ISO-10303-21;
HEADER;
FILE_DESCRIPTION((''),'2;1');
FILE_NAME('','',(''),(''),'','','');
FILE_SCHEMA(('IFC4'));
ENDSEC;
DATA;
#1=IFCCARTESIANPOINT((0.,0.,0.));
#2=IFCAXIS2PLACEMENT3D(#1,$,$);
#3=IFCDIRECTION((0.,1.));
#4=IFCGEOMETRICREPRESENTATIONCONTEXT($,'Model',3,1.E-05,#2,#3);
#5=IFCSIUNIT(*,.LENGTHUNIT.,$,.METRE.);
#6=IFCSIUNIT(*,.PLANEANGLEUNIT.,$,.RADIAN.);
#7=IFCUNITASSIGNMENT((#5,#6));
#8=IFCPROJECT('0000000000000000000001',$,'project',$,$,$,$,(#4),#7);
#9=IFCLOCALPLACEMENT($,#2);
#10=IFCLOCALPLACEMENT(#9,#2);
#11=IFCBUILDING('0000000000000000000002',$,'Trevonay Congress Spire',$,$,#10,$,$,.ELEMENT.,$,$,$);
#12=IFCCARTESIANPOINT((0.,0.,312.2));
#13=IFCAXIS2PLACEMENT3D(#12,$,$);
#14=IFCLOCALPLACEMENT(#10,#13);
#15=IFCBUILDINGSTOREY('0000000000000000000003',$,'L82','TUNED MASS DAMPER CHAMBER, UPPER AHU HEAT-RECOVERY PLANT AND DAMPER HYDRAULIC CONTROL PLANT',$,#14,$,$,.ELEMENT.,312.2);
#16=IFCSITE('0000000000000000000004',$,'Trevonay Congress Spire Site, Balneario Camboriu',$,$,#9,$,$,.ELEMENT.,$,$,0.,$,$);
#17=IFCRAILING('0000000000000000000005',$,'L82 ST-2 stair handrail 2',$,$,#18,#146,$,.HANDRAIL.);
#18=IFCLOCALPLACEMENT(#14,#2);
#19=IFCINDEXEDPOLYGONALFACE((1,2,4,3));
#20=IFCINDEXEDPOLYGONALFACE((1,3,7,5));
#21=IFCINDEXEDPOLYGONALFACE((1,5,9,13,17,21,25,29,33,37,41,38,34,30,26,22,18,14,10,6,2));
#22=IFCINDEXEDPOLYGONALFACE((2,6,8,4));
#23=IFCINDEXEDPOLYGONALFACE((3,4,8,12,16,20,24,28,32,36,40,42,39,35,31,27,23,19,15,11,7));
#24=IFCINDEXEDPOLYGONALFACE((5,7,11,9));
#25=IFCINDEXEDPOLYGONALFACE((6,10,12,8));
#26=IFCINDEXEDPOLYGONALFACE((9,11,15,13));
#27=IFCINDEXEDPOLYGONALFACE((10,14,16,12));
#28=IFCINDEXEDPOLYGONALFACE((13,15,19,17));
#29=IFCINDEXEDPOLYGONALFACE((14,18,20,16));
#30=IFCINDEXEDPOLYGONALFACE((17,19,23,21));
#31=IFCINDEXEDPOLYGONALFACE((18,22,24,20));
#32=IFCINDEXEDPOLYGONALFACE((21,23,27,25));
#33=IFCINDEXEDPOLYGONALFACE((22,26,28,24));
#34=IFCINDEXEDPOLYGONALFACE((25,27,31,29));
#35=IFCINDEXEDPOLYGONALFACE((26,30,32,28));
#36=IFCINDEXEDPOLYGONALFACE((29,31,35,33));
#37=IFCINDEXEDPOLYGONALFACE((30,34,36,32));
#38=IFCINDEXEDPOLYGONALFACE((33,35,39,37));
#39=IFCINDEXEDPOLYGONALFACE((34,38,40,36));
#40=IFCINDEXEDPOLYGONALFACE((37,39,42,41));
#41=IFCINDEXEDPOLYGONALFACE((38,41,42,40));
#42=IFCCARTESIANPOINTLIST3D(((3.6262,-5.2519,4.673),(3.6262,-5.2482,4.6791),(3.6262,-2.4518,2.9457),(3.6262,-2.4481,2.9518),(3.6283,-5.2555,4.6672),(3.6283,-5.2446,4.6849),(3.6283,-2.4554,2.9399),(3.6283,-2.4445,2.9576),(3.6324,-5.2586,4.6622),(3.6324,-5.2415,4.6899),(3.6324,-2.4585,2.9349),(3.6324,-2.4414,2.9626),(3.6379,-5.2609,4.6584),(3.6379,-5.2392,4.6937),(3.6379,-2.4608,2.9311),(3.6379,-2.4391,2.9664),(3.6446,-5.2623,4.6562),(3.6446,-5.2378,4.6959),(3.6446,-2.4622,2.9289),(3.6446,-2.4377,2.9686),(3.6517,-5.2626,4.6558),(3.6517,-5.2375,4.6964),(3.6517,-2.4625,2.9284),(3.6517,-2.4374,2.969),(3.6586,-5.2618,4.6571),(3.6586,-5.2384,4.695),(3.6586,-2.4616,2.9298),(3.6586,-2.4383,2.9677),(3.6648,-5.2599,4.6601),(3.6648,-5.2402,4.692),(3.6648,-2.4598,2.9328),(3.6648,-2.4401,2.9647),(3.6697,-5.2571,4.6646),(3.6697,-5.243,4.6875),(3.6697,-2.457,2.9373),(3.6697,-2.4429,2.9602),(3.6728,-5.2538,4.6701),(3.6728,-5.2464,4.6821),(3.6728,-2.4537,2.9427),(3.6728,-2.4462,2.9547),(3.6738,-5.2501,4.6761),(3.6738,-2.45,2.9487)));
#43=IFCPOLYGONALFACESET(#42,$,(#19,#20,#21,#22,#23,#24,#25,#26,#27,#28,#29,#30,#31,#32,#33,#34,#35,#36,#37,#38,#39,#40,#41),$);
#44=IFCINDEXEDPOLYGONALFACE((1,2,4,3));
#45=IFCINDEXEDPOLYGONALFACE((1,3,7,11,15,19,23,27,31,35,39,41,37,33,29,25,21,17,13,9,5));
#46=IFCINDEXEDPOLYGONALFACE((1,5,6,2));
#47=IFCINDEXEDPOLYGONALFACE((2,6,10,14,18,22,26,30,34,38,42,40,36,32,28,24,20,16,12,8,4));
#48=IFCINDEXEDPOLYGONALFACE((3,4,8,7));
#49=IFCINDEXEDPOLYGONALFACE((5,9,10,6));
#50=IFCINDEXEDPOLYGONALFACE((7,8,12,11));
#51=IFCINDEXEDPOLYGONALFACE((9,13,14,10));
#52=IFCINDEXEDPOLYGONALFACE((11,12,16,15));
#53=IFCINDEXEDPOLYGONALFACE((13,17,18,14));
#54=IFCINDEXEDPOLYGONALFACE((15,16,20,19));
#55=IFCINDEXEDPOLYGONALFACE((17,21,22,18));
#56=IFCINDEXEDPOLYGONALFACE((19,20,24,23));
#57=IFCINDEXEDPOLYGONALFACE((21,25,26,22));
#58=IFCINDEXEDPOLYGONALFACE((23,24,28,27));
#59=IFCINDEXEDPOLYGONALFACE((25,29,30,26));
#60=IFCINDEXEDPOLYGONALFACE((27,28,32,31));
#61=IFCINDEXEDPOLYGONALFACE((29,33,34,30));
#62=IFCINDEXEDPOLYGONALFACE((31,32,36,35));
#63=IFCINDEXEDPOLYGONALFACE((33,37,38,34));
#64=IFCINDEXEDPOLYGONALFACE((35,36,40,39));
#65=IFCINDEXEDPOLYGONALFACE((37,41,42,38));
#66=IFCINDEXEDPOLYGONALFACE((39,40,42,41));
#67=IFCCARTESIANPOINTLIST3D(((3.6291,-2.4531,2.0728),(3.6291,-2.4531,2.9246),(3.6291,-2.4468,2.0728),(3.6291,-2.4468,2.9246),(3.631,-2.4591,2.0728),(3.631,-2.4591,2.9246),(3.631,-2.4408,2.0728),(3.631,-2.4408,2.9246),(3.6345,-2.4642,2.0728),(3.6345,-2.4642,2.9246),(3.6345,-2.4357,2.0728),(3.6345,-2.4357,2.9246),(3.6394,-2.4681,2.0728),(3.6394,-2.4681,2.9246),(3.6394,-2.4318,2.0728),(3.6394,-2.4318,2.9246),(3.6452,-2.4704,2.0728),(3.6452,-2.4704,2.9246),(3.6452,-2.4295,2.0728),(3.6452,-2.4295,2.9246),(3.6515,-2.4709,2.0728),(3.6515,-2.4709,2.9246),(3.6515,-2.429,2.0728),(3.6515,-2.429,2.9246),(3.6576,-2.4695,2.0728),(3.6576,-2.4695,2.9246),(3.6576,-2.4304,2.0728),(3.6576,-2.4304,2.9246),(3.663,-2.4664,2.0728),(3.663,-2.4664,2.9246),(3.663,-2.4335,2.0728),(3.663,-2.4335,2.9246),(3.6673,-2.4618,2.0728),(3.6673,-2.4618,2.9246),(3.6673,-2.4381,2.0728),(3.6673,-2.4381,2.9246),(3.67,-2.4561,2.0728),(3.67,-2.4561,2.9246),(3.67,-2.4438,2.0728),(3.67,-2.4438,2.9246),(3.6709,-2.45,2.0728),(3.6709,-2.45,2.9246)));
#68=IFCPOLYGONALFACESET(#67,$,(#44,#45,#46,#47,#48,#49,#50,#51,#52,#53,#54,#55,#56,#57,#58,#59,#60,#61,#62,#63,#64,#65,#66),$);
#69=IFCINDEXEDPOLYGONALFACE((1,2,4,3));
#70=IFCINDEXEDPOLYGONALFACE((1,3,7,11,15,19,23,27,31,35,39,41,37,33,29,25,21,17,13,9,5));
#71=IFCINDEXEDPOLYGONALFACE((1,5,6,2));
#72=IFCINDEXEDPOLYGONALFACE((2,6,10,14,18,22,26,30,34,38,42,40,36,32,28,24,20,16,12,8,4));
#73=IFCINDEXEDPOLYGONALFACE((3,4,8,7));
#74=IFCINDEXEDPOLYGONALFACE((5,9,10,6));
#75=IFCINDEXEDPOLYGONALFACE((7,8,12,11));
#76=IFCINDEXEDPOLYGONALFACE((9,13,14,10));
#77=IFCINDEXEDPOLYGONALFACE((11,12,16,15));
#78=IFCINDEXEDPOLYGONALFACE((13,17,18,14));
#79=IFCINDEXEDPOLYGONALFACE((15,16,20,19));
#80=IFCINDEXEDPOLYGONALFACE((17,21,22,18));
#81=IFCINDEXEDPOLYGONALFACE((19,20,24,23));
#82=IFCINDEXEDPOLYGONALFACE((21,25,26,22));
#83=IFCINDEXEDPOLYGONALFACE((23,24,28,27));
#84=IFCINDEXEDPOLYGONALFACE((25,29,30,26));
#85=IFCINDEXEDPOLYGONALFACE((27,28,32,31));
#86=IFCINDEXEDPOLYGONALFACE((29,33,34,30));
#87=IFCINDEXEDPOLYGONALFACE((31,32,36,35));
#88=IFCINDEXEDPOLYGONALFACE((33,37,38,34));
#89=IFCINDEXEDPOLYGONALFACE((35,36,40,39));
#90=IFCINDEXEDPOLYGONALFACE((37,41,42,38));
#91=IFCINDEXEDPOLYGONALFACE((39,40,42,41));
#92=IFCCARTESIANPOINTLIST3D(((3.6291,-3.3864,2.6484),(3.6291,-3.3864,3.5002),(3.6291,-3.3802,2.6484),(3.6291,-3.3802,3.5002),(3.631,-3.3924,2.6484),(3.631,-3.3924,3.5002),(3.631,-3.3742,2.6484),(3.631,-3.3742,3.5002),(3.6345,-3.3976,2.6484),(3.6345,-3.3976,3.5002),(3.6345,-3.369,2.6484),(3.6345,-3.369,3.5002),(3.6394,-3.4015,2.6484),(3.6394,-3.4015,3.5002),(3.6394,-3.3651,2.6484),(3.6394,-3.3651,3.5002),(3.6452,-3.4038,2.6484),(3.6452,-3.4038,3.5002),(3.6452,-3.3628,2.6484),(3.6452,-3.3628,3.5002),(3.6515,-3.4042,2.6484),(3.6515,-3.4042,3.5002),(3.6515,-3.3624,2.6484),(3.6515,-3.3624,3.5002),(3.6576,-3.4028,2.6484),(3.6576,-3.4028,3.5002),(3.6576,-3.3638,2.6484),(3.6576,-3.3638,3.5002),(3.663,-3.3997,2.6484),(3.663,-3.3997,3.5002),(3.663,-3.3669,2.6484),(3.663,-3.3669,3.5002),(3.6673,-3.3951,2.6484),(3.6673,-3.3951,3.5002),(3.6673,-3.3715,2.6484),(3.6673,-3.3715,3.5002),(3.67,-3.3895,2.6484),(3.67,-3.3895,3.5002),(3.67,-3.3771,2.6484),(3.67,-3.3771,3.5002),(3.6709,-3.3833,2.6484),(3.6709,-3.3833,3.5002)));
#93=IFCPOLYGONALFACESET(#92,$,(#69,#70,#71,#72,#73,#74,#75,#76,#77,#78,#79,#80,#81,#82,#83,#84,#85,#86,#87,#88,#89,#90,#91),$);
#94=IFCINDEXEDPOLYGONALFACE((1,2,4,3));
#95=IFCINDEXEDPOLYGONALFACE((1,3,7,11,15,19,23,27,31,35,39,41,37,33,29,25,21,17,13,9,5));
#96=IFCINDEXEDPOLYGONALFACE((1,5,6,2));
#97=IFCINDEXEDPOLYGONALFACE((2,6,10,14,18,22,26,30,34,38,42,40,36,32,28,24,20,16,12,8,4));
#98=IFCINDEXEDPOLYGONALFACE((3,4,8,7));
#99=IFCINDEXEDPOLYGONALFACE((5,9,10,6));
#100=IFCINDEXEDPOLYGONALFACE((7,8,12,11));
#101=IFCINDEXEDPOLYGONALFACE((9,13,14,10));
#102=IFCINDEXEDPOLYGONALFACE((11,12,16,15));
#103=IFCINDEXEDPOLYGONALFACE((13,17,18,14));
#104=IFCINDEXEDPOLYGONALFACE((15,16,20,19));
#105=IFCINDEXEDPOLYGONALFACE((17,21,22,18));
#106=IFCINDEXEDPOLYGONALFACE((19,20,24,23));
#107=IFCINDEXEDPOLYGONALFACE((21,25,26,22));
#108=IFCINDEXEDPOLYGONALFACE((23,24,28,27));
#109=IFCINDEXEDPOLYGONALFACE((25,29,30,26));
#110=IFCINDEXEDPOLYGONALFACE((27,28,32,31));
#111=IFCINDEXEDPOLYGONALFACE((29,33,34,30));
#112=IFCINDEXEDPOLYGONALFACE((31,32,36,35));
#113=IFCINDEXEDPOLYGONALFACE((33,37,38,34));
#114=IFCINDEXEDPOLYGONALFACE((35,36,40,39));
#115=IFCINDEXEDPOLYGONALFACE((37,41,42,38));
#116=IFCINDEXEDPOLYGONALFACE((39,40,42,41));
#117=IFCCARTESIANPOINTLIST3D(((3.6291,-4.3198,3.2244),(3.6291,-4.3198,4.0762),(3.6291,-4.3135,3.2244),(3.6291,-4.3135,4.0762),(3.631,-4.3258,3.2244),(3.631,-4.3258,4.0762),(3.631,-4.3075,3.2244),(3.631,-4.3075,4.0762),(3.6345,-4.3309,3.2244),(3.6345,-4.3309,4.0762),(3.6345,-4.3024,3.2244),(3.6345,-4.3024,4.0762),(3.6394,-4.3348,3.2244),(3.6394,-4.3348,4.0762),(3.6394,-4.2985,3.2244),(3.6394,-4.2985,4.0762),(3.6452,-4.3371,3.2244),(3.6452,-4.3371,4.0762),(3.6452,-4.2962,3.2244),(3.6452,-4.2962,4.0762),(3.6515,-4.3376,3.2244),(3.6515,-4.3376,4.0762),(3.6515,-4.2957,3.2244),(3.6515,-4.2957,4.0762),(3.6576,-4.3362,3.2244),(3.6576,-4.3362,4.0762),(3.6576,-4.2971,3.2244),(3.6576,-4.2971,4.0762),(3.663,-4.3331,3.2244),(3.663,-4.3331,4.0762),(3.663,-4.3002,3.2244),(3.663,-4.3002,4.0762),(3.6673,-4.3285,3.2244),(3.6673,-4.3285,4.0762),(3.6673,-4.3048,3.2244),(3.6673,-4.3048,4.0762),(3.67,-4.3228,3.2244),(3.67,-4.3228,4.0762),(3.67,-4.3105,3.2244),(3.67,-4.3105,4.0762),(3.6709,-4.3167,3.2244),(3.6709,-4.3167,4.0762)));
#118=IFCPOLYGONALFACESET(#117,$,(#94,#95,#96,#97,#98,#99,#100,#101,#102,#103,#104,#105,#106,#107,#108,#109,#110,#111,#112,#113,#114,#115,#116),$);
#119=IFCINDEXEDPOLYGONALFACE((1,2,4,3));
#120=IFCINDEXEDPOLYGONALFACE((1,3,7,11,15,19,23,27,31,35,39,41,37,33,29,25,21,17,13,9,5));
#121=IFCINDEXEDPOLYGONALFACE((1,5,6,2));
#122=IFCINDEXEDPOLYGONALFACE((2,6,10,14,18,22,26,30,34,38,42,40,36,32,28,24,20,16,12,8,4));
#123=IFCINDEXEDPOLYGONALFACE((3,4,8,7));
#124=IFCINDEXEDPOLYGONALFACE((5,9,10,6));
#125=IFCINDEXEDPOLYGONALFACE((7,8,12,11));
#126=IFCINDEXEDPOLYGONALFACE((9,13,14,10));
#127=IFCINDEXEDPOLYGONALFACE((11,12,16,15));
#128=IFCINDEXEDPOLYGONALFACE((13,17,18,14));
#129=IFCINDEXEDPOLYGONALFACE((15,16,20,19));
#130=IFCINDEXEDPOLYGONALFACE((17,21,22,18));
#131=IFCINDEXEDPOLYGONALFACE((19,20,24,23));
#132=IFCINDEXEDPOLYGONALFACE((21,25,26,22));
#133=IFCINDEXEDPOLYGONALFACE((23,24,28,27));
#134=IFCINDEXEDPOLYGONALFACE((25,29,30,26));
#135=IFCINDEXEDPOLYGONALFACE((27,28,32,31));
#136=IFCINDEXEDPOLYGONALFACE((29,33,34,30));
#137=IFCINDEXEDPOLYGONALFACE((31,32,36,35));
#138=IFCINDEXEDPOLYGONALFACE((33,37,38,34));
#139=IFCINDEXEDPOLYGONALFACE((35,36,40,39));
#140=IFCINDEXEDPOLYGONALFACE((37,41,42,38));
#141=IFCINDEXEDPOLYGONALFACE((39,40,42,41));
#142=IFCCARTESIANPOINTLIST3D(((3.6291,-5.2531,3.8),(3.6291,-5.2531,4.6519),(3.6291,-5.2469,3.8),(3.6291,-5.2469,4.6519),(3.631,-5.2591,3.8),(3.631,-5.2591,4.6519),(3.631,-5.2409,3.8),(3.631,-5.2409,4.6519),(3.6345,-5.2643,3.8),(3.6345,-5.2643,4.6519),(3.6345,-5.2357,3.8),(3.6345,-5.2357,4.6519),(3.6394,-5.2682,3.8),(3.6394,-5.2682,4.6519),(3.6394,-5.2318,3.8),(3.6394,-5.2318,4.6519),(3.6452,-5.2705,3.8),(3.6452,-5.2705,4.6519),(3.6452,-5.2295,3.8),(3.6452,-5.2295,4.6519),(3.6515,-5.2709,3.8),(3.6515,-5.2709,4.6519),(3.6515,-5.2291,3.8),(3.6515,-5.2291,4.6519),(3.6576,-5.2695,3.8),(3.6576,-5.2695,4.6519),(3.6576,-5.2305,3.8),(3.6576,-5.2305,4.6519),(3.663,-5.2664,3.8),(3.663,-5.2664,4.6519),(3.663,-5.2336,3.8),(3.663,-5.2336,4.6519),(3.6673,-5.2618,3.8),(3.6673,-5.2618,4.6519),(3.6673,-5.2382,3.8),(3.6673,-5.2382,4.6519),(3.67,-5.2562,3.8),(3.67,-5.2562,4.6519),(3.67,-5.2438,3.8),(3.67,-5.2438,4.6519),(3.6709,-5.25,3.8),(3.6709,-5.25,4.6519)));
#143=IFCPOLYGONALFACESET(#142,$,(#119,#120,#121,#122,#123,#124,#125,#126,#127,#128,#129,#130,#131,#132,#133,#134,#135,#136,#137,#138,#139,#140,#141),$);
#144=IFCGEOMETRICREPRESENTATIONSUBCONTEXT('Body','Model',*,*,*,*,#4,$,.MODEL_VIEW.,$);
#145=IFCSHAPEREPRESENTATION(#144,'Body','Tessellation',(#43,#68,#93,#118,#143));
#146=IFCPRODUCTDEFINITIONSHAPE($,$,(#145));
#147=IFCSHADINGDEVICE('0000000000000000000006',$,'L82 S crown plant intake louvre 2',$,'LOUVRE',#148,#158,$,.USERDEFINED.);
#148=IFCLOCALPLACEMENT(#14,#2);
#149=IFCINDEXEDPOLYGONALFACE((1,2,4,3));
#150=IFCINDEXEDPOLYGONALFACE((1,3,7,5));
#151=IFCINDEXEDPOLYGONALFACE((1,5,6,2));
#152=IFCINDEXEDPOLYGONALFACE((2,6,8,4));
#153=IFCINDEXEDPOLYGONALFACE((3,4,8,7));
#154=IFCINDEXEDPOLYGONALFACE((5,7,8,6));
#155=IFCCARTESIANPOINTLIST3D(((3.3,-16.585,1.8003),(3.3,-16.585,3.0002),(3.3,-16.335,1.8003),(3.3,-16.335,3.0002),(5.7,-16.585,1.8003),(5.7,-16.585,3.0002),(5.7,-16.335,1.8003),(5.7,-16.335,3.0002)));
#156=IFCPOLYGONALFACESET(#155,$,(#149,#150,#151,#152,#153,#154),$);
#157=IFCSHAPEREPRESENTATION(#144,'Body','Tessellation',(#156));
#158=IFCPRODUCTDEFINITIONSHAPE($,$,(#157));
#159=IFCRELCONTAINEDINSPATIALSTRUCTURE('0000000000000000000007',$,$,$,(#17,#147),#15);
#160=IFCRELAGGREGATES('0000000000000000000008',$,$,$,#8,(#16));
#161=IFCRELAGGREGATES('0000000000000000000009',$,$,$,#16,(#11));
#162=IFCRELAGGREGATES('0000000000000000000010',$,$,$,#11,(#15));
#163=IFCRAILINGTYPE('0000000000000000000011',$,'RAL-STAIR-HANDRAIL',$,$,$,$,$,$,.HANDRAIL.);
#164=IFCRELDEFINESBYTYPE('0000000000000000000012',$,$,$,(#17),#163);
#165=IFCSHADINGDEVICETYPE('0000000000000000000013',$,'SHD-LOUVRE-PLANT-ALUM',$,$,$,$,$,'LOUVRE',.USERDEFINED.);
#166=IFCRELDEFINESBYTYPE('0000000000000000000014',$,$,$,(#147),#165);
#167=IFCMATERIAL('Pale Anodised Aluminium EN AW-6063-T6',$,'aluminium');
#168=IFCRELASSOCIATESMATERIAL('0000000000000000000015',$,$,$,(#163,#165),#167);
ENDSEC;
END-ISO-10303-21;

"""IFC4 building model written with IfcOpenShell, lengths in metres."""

from ifc_helpers import new_model, si_unit, direction, frame, origin, origin_2d, place, context, subcontext, project, spatial, rectangle, circle, extrude, material, type_object, element, save


model = new_model("IFC4")

# Units and contexts
model_context = context("Model", 3, precision=1e-05, world=origin(), true_north=direction((0.0, 1.0)))
body_context = subcontext(model_context, "Body", "Model", "MODEL_VIEW")
ifc_project = project(units=[si_unit("LENGTHUNIT", "METRE"), si_unit("PLANEANGLEUNIT", "RADIAN")], contexts=[model_context])

# Site, building, storey
site_placement = place(None, origin())
site = spatial("IfcSite", under=ifc_project, at=site_placement, Name="Trevonay Congress Spire Site, Balneario Camboriu", CompositionType="ELEMENT", RefElevation=0.0)
building_placement = place(site_placement, origin())
building = spatial("IfcBuilding", under=site, at=building_placement, Name="Trevonay Congress Spire", CompositionType="ELEMENT")
storey_placement = place(building_placement, frame((0.0, 0.0, 312.2)))
storey = spatial("IfcBuildingStorey", under=building, at=storey_placement, Name="L82", Description="TUNED MASS DAMPER CHAMBER, UPPER AHU HEAT-RECOVERY PLANT AND DAMPER HYDRAULIC CONTROL PLANT", CompositionType="ELEMENT", Elevation=312.2)

# Shared definitions
ifc_material_1 = material(Name="Pale Anodised Aluminium EN AW-6063-T6", Category="aluminium")

# Railing
railing_type_1 = type_object("IfcRailingType", Name="RAL-STAIR-HANDRAIL", PredefinedType="HANDRAIL", material=ifc_material_1)
railing_1_placement = place(storey_placement, frame((3.6499, -2.45, 2.0728)))
element("IfcRailing", 1, at=railing_1_placement, inside=storey, type_object=railing_type_1, Name="L82 ST-2 stair handrail 2", PredefinedType="HANDRAIL", context=body_context, shape_type="SweptSolid", body=[
    extrude(circle(Radius=0.0239, at=origin_2d()), frame((0.0, 0.0, 0.876), z_axis=(0.0, -0.85109, 0.52502), x_axis=(1.0, 0.0, 0.0)), (0.0, 0.0, 1.0), 3.29),
    extrude(circle(Radius=0.021, at=origin_2d()), origin(), (0.0, 0.0, 1.0), 0.8518),
    extrude(circle(Radius=0.021, at=origin_2d()), frame((0.0, -0.9333, 0.5757)), (0.0, 0.0, 1.0), 0.8518),
    extrude(circle(Radius=0.021, at=origin_2d()), frame((0.0, -1.8667, 1.1516)), (0.0, 0.0, 1.0), 0.8518),
    extrude(circle(Radius=0.021, at=origin_2d()), frame((0.0, -2.8, 1.7273)), (0.0, 0.0, 1.0), 0.8518),
])

# Shading device
shading_device_type = type_object("IfcShadingDeviceType", Name="SHD-LOUVRE-PLANT-ALUM", ElementType="LOUVRE", PredefinedType="USERDEFINED", material=ifc_material_1)
shading_device_placement = place(storey_placement, frame((4.5, -16.46, 1.8003), z_axis=(0.0, 0.0, 1.0), x_axis=(1.0, 0.0, 0.0)))
element("IfcShadingDevice", 2, at=shading_device_placement, inside=storey, type_object=shading_device_type, Name="L82 S crown plant intake louvre 2", ObjectType="LOUVRE", PredefinedType="USERDEFINED", context=body_context, shape_type="SweptSolid", body=[
    extrude(rectangle(XDim=2.3999, YDim=0.25, at=origin_2d()), origin(), (0.0, 0.0, 1.0), 1.2),
])

save(model, "model.ifc")
